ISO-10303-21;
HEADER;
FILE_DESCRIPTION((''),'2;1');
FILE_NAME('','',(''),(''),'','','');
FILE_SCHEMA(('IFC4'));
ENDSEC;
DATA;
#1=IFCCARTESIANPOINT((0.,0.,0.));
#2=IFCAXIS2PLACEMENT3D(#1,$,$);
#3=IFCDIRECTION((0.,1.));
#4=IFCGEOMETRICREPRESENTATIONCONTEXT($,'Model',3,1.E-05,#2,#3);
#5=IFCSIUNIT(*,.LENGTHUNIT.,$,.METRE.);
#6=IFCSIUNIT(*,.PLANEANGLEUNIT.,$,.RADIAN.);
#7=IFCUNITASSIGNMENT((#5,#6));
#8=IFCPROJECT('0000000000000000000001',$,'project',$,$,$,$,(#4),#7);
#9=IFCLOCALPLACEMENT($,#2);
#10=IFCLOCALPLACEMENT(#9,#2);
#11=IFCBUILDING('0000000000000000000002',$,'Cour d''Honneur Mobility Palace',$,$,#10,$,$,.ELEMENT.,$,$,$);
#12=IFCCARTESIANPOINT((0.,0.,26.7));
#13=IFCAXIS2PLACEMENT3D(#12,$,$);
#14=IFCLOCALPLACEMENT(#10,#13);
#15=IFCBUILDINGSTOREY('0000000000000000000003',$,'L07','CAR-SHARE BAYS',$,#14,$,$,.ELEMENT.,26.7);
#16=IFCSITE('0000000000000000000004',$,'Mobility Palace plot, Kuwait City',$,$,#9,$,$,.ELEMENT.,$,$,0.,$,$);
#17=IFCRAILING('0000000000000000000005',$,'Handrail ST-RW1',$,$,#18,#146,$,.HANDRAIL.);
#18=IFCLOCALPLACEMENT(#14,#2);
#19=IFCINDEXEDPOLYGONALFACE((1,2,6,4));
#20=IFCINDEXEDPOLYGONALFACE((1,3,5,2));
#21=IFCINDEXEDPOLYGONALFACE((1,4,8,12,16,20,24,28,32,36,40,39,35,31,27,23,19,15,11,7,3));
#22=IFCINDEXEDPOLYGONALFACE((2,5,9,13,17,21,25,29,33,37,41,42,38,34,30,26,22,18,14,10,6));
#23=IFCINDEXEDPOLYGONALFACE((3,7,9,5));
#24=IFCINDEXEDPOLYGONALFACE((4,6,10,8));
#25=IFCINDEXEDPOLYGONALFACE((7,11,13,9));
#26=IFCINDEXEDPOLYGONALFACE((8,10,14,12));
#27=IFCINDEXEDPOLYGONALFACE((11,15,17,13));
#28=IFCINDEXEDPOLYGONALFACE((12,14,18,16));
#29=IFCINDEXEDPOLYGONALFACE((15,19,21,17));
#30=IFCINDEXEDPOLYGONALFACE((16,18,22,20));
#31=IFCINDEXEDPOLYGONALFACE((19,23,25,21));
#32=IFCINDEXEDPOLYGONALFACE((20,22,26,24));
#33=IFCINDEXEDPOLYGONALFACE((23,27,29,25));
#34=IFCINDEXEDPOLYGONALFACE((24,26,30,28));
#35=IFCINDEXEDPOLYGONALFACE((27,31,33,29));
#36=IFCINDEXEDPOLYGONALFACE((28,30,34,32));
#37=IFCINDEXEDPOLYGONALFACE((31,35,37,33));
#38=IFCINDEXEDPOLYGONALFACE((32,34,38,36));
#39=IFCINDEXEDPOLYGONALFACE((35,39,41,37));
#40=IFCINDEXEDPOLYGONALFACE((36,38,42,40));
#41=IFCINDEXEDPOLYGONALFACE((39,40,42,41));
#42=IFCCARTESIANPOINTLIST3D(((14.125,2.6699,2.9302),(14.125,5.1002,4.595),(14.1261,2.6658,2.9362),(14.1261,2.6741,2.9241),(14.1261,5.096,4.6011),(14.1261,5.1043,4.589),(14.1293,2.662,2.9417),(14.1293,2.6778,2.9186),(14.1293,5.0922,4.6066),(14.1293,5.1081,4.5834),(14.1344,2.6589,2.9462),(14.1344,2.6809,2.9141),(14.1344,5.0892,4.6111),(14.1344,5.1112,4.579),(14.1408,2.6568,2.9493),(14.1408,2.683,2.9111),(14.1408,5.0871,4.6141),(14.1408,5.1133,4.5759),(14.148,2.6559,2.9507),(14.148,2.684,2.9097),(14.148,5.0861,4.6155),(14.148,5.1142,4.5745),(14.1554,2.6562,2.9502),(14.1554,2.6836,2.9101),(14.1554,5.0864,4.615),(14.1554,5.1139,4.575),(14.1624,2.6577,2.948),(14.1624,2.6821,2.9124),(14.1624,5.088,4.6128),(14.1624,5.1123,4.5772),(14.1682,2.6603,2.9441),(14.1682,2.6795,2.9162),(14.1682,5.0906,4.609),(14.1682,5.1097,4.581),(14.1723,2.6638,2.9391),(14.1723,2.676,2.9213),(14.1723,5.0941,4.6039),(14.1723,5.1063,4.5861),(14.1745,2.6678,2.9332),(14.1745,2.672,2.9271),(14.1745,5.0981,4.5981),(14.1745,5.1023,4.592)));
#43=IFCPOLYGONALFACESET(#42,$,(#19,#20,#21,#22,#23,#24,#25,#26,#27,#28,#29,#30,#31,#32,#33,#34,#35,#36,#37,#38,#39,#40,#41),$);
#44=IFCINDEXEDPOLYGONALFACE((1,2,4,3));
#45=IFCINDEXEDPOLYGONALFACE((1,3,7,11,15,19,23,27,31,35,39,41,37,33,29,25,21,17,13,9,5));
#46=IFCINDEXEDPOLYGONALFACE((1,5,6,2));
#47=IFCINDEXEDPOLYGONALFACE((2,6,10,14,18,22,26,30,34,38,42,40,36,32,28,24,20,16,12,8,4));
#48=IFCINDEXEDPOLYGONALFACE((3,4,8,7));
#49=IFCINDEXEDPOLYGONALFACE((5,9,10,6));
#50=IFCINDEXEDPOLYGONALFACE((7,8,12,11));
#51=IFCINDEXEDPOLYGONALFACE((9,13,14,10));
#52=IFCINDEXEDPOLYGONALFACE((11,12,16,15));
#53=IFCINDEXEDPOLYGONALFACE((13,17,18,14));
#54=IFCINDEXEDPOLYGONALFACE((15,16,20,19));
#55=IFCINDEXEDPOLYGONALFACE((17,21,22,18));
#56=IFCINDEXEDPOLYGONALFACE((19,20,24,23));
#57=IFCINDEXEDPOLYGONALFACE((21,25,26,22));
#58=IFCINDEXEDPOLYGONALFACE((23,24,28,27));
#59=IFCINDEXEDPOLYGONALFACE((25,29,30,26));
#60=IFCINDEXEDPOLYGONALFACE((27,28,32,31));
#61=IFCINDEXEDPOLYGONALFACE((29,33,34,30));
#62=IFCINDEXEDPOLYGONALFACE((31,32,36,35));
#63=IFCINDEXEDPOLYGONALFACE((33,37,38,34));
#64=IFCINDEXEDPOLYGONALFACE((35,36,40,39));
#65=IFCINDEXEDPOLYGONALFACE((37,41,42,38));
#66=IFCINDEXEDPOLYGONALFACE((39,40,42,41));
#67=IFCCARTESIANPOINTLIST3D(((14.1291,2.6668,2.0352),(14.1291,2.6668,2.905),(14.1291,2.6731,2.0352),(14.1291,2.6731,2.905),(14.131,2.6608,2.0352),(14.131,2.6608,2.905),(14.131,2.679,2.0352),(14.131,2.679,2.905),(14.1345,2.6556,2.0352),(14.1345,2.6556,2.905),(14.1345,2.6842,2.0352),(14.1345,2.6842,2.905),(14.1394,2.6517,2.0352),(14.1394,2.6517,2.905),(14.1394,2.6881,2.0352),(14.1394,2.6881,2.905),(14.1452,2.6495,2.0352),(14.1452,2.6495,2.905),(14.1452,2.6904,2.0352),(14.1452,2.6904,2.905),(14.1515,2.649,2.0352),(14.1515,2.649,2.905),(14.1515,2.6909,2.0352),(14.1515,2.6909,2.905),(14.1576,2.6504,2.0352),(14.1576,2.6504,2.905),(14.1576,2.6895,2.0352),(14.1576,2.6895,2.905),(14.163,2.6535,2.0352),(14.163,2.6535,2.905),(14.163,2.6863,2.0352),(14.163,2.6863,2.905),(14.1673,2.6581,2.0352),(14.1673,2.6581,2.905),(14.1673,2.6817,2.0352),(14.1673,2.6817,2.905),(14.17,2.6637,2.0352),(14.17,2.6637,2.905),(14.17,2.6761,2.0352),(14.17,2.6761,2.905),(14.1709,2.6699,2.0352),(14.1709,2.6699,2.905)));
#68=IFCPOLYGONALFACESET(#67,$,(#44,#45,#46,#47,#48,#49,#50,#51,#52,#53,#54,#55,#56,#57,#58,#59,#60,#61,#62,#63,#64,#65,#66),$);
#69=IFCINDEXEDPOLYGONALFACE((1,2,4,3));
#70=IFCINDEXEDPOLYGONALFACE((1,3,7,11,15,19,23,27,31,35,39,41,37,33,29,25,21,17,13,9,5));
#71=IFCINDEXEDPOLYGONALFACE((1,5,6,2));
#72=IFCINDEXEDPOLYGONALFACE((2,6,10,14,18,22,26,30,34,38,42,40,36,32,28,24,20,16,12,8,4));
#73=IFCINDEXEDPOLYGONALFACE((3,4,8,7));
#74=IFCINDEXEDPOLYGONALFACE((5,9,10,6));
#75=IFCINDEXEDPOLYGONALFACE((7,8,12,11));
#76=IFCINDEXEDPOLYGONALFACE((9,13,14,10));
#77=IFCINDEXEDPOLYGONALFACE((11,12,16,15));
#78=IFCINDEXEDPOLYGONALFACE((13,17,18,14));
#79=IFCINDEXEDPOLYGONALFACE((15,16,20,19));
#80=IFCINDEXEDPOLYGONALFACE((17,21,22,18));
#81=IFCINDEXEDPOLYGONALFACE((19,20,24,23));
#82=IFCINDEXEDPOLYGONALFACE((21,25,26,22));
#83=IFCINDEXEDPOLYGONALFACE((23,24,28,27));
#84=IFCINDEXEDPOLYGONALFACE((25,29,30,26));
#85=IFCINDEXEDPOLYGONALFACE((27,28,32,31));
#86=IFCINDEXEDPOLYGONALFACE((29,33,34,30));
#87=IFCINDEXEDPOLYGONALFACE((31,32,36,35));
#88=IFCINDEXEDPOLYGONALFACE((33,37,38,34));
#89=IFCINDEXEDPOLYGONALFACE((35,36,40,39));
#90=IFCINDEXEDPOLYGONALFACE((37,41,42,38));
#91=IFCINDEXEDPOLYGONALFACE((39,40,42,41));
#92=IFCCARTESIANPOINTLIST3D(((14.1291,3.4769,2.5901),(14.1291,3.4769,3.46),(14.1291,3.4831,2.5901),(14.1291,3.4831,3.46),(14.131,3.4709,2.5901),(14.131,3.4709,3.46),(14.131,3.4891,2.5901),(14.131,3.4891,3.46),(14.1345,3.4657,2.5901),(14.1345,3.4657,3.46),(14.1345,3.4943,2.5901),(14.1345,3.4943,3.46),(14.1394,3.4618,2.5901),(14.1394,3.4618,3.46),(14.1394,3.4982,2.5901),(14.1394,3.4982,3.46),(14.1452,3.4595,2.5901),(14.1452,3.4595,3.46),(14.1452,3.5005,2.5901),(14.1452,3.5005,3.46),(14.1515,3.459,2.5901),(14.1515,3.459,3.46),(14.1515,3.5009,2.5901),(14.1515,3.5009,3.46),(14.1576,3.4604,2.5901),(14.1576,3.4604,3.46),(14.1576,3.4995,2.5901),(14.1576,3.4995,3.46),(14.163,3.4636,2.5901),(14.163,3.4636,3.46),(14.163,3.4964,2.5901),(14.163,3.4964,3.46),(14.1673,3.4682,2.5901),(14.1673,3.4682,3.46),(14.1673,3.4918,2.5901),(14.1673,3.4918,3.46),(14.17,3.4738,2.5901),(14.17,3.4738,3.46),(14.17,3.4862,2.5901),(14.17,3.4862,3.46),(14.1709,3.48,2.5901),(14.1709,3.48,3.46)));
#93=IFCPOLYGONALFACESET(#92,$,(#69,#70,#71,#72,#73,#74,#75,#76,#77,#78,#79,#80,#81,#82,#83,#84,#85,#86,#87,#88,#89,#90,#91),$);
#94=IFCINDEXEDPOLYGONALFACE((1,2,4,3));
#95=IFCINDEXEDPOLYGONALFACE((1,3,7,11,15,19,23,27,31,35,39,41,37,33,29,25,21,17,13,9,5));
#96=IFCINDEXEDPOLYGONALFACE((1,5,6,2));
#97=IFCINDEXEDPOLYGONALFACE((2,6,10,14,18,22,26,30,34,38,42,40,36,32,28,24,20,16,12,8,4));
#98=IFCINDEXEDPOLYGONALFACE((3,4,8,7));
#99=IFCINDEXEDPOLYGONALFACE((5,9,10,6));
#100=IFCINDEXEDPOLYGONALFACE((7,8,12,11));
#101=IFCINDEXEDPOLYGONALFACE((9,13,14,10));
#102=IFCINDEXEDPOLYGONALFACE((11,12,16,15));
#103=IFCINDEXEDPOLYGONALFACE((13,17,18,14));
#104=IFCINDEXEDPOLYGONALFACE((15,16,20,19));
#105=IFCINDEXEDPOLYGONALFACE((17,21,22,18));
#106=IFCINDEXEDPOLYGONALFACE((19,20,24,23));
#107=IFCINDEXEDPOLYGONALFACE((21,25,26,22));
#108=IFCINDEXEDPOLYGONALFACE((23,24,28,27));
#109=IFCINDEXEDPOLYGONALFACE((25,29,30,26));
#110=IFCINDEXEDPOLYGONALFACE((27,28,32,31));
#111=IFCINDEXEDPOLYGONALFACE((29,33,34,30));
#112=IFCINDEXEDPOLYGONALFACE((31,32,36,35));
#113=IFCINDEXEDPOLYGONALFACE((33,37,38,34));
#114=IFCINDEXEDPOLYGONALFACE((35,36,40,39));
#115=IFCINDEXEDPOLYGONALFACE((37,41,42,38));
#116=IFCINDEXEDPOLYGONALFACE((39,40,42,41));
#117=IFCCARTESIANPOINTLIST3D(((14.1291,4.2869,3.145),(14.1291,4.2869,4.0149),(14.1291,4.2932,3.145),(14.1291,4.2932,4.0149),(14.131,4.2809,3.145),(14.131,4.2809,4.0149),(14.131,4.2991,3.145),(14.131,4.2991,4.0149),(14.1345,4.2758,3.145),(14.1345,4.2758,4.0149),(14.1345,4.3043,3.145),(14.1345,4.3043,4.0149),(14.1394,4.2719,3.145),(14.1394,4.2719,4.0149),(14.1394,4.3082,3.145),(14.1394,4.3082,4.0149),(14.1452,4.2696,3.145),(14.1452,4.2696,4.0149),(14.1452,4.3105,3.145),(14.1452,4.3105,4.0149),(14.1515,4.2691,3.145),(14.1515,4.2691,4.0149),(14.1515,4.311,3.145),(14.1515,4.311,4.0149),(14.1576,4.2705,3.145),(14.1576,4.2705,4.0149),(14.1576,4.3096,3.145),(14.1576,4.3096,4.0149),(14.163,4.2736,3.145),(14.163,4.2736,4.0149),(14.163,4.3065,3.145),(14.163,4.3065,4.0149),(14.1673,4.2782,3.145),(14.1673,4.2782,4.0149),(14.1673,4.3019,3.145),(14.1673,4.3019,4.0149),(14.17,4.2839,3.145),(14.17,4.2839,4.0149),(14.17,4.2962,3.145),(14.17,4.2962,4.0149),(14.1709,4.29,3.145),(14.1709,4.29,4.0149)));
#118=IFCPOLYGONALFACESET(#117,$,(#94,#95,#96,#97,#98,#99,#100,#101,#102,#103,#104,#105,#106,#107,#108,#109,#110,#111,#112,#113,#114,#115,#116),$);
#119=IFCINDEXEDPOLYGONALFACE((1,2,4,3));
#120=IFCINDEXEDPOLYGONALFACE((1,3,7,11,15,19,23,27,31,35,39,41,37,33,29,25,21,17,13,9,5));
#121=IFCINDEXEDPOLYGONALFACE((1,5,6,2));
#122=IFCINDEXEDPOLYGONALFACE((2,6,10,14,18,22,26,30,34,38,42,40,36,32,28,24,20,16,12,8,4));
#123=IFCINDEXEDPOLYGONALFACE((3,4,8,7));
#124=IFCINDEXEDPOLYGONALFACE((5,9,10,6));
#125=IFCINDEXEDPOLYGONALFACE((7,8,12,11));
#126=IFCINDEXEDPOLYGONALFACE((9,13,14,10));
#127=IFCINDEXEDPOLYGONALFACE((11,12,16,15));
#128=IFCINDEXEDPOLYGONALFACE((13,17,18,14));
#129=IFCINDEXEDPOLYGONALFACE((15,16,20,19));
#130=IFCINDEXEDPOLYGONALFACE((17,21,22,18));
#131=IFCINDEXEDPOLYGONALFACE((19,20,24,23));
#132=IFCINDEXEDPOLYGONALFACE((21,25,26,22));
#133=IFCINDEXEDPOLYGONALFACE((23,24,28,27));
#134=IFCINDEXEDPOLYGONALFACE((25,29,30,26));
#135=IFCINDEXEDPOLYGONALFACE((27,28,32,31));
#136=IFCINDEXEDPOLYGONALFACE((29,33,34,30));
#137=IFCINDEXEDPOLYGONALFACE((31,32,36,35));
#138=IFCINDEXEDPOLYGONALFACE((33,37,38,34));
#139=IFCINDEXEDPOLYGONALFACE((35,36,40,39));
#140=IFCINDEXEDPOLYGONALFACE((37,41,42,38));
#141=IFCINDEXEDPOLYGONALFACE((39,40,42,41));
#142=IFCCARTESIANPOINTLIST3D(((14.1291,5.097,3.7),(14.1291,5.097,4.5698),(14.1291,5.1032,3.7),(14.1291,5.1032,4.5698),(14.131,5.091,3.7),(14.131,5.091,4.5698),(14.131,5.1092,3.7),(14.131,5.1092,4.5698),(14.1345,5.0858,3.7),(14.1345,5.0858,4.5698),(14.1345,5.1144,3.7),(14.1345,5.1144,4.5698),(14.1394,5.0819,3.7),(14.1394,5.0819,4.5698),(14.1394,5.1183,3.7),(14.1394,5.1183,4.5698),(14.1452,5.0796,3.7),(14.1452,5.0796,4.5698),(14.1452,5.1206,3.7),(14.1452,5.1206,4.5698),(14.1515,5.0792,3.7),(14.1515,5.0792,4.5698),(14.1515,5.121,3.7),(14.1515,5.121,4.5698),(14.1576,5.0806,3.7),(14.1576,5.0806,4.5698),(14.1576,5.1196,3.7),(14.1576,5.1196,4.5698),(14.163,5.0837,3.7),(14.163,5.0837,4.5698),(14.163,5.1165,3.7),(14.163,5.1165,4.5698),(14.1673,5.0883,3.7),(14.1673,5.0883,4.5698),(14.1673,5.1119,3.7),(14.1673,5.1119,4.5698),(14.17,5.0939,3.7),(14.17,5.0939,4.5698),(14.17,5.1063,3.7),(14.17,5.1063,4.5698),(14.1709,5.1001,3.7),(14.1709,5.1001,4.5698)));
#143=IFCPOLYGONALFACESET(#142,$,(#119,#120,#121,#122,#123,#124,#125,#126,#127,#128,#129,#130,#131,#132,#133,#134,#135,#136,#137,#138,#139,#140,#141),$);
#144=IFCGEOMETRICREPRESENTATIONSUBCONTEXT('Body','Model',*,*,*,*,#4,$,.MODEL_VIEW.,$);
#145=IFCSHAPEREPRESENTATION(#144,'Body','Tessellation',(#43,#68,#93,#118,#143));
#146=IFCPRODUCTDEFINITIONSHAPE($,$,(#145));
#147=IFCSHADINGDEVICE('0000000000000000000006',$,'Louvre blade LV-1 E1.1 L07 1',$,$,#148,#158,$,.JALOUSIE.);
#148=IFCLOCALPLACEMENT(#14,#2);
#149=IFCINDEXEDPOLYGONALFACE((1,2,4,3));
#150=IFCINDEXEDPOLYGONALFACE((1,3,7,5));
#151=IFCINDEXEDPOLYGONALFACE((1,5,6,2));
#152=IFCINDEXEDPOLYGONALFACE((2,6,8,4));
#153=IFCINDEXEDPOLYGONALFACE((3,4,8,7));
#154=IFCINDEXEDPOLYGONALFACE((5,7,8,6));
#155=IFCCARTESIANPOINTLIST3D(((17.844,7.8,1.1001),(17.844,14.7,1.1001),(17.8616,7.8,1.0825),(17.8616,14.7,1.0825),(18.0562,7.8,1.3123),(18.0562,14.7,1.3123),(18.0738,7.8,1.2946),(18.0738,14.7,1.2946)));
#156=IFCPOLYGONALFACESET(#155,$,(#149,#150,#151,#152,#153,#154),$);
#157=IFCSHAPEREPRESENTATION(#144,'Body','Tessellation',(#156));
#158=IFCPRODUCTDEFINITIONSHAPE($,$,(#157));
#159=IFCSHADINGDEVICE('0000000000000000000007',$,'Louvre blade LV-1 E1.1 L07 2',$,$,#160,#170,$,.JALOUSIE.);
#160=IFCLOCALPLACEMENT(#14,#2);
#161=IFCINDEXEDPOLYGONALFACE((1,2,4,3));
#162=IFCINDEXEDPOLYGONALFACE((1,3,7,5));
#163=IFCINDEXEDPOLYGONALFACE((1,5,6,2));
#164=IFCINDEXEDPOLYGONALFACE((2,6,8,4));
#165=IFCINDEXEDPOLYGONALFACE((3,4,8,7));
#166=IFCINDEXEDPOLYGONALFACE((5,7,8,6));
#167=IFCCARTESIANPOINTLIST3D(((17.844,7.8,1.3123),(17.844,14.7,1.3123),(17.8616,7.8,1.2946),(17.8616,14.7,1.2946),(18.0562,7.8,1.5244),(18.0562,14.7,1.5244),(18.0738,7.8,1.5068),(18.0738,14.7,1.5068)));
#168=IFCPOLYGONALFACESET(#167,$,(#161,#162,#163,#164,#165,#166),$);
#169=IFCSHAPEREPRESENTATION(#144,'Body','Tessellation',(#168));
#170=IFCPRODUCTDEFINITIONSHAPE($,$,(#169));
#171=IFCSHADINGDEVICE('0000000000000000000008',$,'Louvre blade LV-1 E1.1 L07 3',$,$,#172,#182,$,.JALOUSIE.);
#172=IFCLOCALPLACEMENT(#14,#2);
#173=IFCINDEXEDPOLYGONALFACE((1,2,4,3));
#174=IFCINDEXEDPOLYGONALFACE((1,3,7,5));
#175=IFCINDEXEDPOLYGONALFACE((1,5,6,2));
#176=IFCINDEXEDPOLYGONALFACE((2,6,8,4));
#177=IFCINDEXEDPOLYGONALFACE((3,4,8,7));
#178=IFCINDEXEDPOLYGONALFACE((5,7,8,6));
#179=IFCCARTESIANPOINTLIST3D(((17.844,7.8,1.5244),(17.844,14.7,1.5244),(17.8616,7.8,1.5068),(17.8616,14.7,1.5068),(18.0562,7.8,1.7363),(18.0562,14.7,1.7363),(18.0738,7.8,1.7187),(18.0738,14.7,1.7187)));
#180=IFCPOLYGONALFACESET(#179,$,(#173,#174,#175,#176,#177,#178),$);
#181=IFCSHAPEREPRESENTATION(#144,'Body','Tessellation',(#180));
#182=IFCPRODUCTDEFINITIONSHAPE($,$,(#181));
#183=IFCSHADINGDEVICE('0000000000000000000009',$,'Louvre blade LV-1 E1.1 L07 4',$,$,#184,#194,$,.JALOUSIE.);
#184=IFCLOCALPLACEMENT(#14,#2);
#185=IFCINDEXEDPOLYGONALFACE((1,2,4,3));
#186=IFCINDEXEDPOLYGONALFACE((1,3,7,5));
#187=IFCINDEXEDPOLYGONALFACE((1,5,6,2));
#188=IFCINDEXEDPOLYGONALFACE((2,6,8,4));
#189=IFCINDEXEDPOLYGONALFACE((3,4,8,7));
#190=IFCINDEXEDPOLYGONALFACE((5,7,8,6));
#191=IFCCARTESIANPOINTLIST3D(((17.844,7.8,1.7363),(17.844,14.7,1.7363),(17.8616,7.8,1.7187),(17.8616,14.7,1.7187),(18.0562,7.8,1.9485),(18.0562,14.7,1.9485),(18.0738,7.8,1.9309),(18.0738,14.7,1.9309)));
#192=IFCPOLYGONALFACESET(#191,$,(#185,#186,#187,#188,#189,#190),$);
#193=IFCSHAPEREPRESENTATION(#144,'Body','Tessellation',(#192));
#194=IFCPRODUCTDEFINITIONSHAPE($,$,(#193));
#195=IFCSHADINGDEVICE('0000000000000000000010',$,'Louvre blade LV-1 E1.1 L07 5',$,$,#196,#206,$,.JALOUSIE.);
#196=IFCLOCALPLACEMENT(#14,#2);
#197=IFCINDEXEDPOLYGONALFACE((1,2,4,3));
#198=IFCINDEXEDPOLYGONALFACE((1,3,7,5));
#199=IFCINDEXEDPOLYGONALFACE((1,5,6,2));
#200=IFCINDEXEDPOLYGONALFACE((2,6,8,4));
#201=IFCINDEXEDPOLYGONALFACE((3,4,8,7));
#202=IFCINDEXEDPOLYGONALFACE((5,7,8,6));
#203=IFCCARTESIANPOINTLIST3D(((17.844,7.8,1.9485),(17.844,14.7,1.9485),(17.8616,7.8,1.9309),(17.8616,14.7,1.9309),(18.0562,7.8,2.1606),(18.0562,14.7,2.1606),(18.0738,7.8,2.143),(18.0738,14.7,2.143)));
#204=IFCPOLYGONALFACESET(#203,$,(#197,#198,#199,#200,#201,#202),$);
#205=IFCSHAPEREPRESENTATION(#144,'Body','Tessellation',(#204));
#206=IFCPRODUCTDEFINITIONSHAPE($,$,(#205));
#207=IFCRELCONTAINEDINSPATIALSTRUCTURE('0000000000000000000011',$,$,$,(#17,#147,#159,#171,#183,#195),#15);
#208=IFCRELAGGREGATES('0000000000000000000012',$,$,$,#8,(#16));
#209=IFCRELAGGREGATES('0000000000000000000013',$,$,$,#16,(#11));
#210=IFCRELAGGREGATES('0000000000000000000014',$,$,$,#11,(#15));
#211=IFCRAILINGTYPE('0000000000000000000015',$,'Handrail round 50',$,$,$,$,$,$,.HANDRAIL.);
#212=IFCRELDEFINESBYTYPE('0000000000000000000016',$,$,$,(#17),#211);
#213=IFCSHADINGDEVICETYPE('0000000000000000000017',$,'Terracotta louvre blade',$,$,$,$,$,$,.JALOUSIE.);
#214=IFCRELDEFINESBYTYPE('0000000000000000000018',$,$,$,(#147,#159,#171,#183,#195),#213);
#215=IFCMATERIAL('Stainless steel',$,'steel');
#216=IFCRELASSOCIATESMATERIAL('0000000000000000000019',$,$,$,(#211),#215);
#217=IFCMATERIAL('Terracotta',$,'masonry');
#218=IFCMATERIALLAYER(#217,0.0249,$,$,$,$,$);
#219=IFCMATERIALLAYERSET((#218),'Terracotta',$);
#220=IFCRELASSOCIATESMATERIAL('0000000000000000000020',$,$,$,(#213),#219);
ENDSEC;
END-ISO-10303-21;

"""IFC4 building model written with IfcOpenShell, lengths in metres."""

from ifc_helpers import new_model, si_unit, direction, frame, origin, origin_2d, place, context, subcontext, project, spatial, polyline, circle, outline, extrude, material, layer, layer_set, type_object, element, save


model = new_model("IFC4")

# Units and contexts
model_context = context("Model", 3, precision=1e-05, world=origin(), true_north=direction((0.0, 1.0)))
body_context = subcontext(model_context, "Body", "Model", "MODEL_VIEW")
ifc_project = project(units=[si_unit("LENGTHUNIT", "METRE"), si_unit("PLANEANGLEUNIT", "RADIAN")], contexts=[model_context])

# Site, building, storey
site_placement = place(None, origin())
site = spatial("IfcSite", under=ifc_project, at=site_placement, Name="Mobility Palace plot, Kuwait City", CompositionType="ELEMENT", RefElevation=0.0)
building_placement = place(site_placement, origin())
building = spatial("IfcBuilding", under=site, at=building_placement, Name="Cour d'Honneur Mobility Palace", CompositionType="ELEMENT")
storey_placement = place(building_placement, frame((0.0, 0.0, 26.7)))
storey = spatial("IfcBuildingStorey", under=building, at=storey_placement, Name="L07", Description="CAR-SHARE BAYS", CompositionType="ELEMENT", Elevation=26.7)

# Railing
ifc_material_1 = material(Name="Stainless steel", Category="steel")
railing_type_1 = type_object("IfcRailingType", Name="Handrail round 50", PredefinedType="HANDRAIL", material=ifc_material_1)
for number, where, name in (
    (1, (14.1499, 2.6699, 2.0352), "Handrail ST-RW1"),
):
    element("IfcRailing", number, at=place(storey_placement, frame(where)), inside=storey, type_object=railing_type_1, Name=name, PredefinedType="HANDRAIL", context=body_context, shape_type="SweptSolid", body=[
        extrude(circle(Radius=0.0249, at=origin_2d()), frame((0.0, 0.0, 0.895), z_axis=(0.0, 0.824984, 0.565156), x_axis=(-1.0, 0.0, 0.0)), (0.0, 0.0, 1.0), 2.9458),
        extrude(circle(Radius=0.021, at=origin_2d()), origin(), (0.0, 0.0, 1.0), 0.8699),
        extrude(circle(Radius=0.021, at=origin_2d()), frame((0.0, 0.8101, 0.5549)), (0.0, 0.0, 1.0), 0.8699),
        extrude(circle(Radius=0.021, at=origin_2d()), frame((0.0, 1.6201, 1.1099)), (0.0, 0.0, 1.0), 0.8699),
        extrude(circle(Radius=0.021, at=origin_2d()), frame((0.0, 2.4302, 1.6648)), (0.0, 0.0, 1.0), 0.8699),
    ])

# Shading devices
ifc_material_2 = material(Name="Terracotta", Category="masonry")
ifc_layer_1 = layer(ifc_material_2, 0.0249)
ifc_layer_set_1 = layer_set([ifc_layer_1], Name="Terracotta")
shading_device_type = type_object("IfcShadingDeviceType", Name="Terracotta louvre blade", PredefinedType="JALOUSIE", material=ifc_layer_set_1)
for number, where, z_axis, x_axis, name in (
    (2, (17.844, 7.8, 1.1001), (-0.707107, 0.0, 0.707107), (0.0, 1.0, 0.0), "Louvre blade LV-1 E1.1 L07 1"),
    (3, (17.844, 7.8, 1.3123), (-0.707107, 0.0, 0.707107), (0.0, 1.0, 0.0), "Louvre blade LV-1 E1.1 L07 2"),
):
    element("IfcShadingDevice", number, at=place(storey_placement, frame(where, z_axis=z_axis, x_axis=x_axis)), inside=storey, type_object=shading_device_type, Name=name, PredefinedType="JALOUSIE", context=body_context, shape_type="SweptSolid", body=[
        extrude(outline(polyline([(0.0, 0.0), (6.8999, 0.0), (6.8999, -0.3), (0.0, -0.3), (0.0, 0.0)])), origin(), (0.0, 0.0, -1.0), 0.0249),
    ])
shading_device_placement = place(storey_placement, frame((17.844, 7.8, 1.5244), z_axis=(-0.7067, 0.0, 0.707514), x_axis=(0.0, 1.0, 0.0)))
element("IfcShadingDevice", 4, at=shading_device_placement, inside=storey, type_object=shading_device_type, Name="Louvre blade LV-1 E1.1 L07 3", PredefinedType="JALOUSIE", context=body_context, shape_type="SweptSolid", body=[
    extrude(outline(polyline([(0.0, 0.0), (6.8999, 0.0), (6.8999, -0.2999), (0.0, -0.2999), (0.0, 0.0)])), origin(), (0.0, 0.0, -1.0), 0.0249),
])
for number, where, z_axis, x_axis, name in (
    (5, (17.844, 7.8, 1.7363), (-0.707107, 0.0, 0.707107), (0.0, 1.0, 0.0), "Louvre blade LV-1 E1.1 L07 4"),
    (6, (17.844, 7.8, 1.9485), (-0.707107, 0.0, 0.707107), (0.0, 1.0, 0.0), "Louvre blade LV-1 E1.1 L07 5"),
):
    element("IfcShadingDevice", number, at=place(storey_placement, frame(where, z_axis=z_axis, x_axis=x_axis)), inside=storey, type_object=shading_device_type, Name=name, PredefinedType="JALOUSIE", context=body_context, shape_type="SweptSolid", body=[
        extrude(outline(polyline([(0.0, 0.0), (6.8999, 0.0), (6.8999, -0.3), (0.0, -0.3), (0.0, 0.0)])), origin(), (0.0, 0.0, -1.0), 0.0249),
    ])

save(model, "model.ifc")
